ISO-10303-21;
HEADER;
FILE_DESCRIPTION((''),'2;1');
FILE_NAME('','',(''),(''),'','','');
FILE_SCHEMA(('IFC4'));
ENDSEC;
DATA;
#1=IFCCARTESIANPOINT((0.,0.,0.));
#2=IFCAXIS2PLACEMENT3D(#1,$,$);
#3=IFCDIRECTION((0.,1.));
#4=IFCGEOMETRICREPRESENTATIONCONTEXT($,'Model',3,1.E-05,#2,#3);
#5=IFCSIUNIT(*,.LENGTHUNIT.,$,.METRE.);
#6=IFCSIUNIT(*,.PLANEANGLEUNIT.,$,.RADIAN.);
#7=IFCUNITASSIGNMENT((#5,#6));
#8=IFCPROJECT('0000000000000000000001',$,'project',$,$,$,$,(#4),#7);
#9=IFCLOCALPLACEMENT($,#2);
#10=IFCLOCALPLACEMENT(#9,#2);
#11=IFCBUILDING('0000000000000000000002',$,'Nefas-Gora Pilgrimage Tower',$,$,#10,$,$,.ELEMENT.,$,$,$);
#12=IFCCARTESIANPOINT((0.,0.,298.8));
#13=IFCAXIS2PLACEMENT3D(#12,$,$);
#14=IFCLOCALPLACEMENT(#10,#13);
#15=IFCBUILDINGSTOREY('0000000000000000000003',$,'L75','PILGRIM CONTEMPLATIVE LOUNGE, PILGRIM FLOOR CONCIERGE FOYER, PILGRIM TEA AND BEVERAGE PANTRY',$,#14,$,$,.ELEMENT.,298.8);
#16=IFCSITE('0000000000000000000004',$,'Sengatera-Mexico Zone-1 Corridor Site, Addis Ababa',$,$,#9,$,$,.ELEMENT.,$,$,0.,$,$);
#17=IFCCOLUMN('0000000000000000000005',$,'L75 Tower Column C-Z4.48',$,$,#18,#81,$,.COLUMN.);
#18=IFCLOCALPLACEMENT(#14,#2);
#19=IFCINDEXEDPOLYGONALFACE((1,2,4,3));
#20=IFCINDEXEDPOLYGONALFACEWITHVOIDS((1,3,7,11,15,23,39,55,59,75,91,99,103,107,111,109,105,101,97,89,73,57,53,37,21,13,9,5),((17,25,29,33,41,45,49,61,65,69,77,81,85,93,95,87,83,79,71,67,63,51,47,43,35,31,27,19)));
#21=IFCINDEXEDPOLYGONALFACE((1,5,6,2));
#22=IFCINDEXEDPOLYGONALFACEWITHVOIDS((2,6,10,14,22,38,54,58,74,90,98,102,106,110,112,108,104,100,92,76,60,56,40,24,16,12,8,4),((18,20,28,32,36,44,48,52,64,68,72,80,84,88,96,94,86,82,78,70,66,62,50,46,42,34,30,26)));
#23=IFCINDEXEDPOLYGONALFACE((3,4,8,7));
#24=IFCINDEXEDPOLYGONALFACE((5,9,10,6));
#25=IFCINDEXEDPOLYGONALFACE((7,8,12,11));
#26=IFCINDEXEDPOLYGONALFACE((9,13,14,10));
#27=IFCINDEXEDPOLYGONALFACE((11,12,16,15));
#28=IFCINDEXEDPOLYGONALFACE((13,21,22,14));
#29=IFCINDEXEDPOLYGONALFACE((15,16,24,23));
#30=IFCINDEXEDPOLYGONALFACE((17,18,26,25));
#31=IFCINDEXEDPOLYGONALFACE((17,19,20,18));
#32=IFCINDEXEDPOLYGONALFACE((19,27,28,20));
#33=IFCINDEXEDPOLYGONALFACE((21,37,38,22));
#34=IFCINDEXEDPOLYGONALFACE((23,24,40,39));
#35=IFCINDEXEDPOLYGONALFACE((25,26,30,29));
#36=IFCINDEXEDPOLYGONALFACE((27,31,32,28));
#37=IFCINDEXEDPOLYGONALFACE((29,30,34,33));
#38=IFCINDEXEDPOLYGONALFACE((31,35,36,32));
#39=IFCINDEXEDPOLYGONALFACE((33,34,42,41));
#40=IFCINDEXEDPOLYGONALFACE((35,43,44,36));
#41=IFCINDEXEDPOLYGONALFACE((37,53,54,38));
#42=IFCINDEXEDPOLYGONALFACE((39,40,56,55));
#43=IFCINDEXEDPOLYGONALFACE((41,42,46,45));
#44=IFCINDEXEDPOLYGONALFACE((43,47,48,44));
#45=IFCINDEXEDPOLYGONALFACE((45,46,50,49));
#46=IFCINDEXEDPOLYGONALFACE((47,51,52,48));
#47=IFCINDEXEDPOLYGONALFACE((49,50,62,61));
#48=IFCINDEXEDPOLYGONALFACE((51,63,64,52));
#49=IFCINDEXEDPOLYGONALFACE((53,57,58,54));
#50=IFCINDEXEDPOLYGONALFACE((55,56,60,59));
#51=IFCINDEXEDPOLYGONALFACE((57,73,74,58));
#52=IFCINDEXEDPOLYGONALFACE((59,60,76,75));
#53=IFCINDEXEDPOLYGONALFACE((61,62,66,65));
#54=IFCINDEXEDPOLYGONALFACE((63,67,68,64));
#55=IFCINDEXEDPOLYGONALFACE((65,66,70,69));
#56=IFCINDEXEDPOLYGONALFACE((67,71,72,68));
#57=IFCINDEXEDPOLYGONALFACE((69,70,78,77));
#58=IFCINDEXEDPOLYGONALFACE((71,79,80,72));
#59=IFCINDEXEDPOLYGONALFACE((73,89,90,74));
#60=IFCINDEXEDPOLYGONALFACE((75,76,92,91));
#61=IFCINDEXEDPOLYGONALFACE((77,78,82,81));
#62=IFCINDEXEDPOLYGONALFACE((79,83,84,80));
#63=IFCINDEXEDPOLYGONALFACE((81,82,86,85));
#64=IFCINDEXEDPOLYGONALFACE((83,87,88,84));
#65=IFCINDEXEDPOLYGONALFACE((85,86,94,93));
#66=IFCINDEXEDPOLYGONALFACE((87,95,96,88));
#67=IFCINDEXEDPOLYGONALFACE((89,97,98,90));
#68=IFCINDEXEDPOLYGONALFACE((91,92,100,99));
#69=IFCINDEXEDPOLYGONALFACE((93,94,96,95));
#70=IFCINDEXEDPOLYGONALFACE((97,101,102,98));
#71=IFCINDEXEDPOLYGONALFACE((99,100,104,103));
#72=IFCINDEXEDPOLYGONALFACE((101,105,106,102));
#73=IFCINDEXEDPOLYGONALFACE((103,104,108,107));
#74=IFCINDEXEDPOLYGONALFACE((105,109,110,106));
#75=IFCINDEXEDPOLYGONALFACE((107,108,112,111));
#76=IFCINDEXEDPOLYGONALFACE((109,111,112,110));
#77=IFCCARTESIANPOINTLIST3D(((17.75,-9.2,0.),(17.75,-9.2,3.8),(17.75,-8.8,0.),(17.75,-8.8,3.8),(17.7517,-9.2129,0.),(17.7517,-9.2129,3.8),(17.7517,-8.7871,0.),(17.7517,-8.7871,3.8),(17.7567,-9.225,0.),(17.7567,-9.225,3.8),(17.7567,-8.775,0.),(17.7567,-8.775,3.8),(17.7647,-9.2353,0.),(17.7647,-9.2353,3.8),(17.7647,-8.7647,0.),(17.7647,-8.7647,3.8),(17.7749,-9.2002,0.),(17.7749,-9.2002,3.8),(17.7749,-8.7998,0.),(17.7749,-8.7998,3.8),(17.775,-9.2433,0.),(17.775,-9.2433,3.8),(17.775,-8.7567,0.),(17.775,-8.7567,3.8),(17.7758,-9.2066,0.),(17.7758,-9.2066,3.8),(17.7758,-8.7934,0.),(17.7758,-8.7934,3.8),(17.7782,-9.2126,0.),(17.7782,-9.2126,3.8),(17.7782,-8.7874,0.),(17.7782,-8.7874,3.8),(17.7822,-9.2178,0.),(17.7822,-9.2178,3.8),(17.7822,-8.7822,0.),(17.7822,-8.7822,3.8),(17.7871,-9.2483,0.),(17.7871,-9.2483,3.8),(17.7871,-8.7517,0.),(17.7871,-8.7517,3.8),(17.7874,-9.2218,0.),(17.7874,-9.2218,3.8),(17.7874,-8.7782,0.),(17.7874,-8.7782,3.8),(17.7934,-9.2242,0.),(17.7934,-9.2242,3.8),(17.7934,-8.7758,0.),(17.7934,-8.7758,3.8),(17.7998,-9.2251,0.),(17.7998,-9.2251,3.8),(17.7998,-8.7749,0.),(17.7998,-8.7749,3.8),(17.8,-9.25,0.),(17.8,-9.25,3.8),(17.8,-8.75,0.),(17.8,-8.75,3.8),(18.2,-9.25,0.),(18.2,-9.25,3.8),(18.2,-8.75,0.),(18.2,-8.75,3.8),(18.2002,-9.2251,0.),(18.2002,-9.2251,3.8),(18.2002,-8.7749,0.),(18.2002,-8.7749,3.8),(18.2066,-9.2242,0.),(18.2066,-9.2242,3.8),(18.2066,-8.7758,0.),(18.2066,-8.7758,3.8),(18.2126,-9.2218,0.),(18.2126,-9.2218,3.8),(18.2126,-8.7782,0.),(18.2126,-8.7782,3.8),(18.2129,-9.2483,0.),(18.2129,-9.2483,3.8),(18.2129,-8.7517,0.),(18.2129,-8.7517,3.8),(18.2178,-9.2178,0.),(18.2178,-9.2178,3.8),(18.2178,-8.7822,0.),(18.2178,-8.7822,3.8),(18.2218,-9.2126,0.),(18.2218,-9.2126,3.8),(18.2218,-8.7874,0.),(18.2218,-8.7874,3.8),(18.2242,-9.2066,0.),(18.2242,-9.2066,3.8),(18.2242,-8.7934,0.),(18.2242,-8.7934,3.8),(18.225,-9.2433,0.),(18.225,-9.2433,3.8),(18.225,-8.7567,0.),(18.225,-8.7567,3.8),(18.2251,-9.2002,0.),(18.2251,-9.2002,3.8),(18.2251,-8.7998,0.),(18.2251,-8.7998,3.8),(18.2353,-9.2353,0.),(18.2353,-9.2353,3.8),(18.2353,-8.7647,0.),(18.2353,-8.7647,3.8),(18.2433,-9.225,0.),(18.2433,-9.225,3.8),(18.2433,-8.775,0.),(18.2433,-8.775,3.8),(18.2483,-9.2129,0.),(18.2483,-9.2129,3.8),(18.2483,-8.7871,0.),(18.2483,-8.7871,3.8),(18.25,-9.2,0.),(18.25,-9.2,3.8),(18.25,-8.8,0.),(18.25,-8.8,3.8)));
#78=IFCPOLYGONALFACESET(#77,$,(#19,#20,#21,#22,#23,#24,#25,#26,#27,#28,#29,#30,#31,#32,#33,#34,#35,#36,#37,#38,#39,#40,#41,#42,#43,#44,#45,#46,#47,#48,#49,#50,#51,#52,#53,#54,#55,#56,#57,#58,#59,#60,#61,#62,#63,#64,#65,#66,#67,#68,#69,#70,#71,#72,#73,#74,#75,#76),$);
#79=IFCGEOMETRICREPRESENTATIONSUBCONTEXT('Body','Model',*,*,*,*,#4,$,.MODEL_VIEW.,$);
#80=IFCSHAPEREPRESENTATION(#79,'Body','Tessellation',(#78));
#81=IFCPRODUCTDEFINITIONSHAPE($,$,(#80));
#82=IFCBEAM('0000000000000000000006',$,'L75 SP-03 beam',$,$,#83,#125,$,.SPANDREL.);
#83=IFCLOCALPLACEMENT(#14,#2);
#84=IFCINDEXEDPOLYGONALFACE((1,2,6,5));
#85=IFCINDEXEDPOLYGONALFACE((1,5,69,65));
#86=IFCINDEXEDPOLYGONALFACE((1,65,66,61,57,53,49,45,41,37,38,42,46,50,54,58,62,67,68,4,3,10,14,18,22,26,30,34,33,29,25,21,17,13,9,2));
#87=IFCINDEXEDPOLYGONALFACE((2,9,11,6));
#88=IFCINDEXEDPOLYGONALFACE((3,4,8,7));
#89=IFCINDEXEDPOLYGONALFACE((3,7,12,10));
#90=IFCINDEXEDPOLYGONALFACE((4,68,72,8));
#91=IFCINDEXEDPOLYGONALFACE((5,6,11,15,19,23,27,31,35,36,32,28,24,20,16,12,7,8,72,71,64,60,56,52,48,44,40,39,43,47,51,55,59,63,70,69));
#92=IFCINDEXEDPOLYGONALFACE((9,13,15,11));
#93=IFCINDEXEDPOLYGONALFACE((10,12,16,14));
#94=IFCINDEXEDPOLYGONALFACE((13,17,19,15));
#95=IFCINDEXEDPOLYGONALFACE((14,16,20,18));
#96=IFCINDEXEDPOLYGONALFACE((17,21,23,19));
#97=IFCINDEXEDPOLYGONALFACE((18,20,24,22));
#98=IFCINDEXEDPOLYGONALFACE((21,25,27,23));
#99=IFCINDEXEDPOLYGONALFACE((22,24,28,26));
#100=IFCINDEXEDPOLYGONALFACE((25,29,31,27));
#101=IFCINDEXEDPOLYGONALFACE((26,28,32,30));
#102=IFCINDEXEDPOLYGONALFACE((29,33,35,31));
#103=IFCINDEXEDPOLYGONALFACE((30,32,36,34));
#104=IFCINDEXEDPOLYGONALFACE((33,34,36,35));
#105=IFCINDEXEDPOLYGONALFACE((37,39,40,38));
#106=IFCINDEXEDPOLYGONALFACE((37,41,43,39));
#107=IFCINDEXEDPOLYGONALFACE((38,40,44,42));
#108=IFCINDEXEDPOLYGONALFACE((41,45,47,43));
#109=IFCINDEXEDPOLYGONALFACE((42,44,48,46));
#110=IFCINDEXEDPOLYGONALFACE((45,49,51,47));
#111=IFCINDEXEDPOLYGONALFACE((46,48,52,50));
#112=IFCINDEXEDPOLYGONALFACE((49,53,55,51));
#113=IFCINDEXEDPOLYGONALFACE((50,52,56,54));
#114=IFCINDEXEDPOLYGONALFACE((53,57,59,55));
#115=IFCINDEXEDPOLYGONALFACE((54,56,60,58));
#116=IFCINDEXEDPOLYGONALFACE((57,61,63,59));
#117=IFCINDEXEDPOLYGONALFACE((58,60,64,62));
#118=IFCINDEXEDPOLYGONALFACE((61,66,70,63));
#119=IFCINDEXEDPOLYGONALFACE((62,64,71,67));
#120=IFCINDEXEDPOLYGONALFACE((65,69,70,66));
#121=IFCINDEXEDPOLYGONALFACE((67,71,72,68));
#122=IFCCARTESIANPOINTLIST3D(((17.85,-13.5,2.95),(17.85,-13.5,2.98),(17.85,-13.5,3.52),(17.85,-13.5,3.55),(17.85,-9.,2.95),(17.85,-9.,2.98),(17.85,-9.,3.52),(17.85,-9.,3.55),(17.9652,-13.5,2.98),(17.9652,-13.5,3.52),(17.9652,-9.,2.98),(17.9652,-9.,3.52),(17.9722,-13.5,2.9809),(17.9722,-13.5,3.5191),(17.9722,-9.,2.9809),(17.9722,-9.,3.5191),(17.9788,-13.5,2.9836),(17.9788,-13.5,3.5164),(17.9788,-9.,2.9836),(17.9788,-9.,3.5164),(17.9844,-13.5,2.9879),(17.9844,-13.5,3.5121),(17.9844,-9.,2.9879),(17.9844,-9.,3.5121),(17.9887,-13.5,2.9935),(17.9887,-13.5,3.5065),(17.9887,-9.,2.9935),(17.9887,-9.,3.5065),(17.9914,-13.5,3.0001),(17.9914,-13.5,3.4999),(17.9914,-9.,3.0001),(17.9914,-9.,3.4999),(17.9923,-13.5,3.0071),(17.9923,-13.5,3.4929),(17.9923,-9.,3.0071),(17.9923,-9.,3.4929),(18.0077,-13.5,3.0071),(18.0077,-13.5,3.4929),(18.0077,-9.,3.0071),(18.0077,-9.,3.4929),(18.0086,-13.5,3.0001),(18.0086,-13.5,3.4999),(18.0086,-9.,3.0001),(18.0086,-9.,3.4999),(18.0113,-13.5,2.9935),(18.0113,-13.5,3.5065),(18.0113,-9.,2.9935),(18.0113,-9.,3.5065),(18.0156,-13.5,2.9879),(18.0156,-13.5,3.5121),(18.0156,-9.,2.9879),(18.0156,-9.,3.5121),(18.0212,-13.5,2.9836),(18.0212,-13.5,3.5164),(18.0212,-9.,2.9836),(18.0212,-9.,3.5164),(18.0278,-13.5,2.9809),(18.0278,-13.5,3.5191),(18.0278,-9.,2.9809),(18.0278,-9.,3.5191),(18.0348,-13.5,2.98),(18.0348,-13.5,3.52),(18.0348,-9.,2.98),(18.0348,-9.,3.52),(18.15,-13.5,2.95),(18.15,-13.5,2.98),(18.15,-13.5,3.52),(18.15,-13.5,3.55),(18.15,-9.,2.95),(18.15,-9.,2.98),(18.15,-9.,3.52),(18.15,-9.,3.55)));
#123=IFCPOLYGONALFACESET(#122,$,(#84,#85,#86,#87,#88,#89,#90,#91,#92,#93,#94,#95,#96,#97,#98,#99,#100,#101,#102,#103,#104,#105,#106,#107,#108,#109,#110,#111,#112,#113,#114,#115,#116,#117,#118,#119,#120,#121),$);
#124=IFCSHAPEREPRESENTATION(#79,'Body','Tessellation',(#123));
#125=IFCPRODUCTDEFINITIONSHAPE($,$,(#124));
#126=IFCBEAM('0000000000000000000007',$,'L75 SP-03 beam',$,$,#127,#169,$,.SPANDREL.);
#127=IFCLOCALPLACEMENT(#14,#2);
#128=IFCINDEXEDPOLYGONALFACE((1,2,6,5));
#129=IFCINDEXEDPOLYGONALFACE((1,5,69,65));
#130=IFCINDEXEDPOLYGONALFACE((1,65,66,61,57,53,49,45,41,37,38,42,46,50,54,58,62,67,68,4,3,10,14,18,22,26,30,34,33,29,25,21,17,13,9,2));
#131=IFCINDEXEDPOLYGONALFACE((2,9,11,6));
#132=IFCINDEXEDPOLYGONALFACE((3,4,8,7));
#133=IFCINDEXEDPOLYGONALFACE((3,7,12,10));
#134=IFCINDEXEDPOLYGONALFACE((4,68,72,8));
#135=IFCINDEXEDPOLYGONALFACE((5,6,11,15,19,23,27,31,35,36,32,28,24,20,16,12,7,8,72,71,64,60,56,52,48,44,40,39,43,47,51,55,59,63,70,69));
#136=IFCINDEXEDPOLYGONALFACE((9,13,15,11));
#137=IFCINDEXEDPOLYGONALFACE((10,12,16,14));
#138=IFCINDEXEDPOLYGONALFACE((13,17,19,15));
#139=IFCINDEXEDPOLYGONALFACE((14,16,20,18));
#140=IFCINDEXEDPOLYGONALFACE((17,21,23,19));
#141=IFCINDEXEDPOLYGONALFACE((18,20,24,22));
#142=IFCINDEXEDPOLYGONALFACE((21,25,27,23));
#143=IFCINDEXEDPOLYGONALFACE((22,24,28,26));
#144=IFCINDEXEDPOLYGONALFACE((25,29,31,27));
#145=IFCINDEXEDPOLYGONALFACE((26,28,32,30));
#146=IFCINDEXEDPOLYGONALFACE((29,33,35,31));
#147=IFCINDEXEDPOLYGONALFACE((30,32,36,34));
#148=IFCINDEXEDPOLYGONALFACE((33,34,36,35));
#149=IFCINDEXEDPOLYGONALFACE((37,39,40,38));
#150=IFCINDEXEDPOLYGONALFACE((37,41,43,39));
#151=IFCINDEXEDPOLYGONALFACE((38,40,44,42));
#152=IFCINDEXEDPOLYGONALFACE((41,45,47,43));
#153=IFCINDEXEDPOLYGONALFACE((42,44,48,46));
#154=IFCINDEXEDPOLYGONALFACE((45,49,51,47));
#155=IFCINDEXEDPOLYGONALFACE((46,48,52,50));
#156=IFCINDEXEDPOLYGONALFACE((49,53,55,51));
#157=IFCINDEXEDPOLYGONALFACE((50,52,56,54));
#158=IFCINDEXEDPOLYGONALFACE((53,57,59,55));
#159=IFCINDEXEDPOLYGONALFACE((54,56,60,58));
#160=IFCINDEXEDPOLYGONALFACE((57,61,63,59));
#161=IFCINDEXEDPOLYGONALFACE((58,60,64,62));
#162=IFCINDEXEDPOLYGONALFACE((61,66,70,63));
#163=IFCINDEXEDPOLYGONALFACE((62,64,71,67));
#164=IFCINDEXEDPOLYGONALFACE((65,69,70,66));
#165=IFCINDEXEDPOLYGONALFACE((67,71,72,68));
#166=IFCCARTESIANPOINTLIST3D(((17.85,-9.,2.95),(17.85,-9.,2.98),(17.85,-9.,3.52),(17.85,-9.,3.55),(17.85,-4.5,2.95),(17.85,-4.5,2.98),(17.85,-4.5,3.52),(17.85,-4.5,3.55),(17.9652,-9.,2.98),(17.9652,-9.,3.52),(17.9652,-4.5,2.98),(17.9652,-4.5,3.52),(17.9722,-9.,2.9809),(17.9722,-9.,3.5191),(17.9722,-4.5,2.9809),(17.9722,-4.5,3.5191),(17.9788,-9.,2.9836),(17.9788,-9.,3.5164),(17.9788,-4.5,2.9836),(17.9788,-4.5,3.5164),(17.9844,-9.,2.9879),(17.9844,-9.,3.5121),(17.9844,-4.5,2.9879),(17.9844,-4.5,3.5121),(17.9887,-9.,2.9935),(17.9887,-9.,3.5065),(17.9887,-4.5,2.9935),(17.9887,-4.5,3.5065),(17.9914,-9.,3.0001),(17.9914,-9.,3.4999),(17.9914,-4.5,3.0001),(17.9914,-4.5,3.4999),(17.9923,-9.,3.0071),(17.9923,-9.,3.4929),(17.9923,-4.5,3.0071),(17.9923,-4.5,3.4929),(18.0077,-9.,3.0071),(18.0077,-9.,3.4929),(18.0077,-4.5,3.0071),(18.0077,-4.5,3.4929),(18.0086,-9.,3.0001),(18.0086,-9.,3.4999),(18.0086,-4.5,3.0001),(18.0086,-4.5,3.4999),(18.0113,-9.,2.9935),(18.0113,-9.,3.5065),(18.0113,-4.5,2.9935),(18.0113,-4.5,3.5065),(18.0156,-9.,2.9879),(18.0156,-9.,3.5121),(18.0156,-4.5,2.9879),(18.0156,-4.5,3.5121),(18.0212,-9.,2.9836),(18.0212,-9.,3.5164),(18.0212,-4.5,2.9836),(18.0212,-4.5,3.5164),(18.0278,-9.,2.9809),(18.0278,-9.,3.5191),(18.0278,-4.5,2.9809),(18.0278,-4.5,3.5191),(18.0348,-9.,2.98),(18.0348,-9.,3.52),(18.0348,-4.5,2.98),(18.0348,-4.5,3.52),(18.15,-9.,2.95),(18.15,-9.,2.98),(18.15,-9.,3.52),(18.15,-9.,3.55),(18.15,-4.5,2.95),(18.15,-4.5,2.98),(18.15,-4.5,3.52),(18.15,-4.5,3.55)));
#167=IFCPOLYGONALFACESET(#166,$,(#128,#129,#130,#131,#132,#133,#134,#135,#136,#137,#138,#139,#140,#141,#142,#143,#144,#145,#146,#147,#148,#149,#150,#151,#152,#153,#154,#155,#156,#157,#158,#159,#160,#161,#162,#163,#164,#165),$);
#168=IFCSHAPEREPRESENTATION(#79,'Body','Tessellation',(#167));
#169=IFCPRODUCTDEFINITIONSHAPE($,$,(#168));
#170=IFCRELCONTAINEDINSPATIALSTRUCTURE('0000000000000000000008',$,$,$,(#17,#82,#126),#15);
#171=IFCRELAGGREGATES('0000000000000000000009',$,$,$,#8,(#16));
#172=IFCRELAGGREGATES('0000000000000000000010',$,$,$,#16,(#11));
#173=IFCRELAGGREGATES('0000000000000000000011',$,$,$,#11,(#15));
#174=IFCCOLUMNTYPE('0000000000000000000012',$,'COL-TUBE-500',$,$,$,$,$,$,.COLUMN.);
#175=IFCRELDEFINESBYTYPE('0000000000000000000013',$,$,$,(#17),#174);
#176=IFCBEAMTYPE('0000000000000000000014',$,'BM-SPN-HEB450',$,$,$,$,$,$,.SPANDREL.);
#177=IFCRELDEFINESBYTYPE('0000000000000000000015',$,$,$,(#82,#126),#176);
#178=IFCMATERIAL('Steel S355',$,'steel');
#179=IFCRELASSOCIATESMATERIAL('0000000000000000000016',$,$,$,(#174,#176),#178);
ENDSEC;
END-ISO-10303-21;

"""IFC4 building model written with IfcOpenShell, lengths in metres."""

from ifc_helpers import new_model, si_unit, direction, frame, origin, origin_2d, place, context, subcontext, project, spatial, hollow_rectangle, i_section, extrude, source, transform, mapped, material, material_profile, profile_set, type_object, element, save


model = new_model("IFC4")

# Units and contexts
model_context = context("Model", 3, precision=1e-05, world=origin(), true_north=direction((0.0, 1.0)))
body_context = subcontext(model_context, "Body", "Model", "MODEL_VIEW")
ifc_project = project(units=[si_unit("LENGTHUNIT", "METRE"), si_unit("PLANEANGLEUNIT", "RADIAN")], contexts=[model_context])

# Site, building, storey
site_placement = place(None, origin())
site = spatial("IfcSite", under=ifc_project, at=site_placement, Name="Sengatera-Mexico Zone-1 Corridor Site, Addis Ababa", CompositionType="ELEMENT", RefElevation=0.0)
building_placement = place(site_placement, origin())
building = spatial("IfcBuilding", under=site, at=building_placement, Name="Nefas-Gora Pilgrimage Tower", CompositionType="ELEMENT")
storey_placement = place(building_placement, frame((0.0, 0.0, 298.8)))
storey = spatial("IfcBuildingStorey", under=building, at=storey_placement, Name="L75", Description="PILGRIM CONTEMPLATIVE LOUNGE, PILGRIM FLOOR CONCIERGE FOYER, PILGRIM TEA AND BEVERAGE PANTRY", CompositionType="ELEMENT", Elevation=298.8)

# Column
ifc_material_1 = material(Name="Steel S355", Category="steel")
ifc_material_profile_1 = material_profile(ifc_material_1, hollow_rectangle(XDim=0.5, YDim=0.5, WallThickness=0.0249, InnerFilletRadius=0.0249, OuterFilletRadius=0.05, at=origin_2d()), Name="SHS 500x500x25")
ifc_profile_set_1 = profile_set([ifc_material_profile_1], Name="Steel S355")
column_type_1 = type_object("IfcColumnType", Name="COL-TUBE-500", PredefinedType="COLUMN", material=ifc_profile_set_1)
shared_shape_1 = source(origin(), body_context, "Body", "SweptSolid", [
    extrude(hollow_rectangle(XDim=0.5, YDim=0.5, WallThickness=0.0249, InnerFilletRadius=0.0249, OuterFilletRadius=0.05, at=origin_2d()), origin(), (0.0, 0.0, 1.0), 3.8),
])
for number, where, z_axis, x_axis, name in (
    (1, (18.0, -9.0, 0.0), (0.0, 0.0, 1.0), (1.0, 0.0, 0.0), "L75 Tower Column C-Z4.48"),
):
    element("IfcColumn", number, at=place(storey_placement, frame(where, z_axis=z_axis, x_axis=x_axis)), inside=storey, type_object=column_type_1, Name=name, PredefinedType="COLUMN", context=body_context, shape_type="MappedRepresentation", body=[
        mapped(shared_shape_1, transform((0.0, 0.0, 0.0), x_axis=(1.0, 0.0, 0.0), y_axis=(0.0, 1.0, 0.0), z_axis=(0.0, 0.0, 1.0), scale=1.0)),
    ])

# Beams
ifc_material_profile_2 = material_profile(ifc_material_1, i_section(OverallWidth=0.3, OverallDepth=0.6001, WebThickness=0.0154, FlangeThickness=0.03, FilletRadius=0.0271, at=origin_2d()), Name="HEB 600")
ifc_profile_set_2 = profile_set([ifc_material_profile_2], Name="Steel S355")
beam_type_1 = type_object("IfcBeamType", Name="BM-SPN-HEB450", PredefinedType="SPANDREL", material=ifc_profile_set_2)
shared_shape_2 = source(origin(), body_context, "Body", "SweptSolid", [
    extrude(i_section(OverallWidth=0.3, OverallDepth=0.6001, WebThickness=0.0154, FlangeThickness=0.03, FilletRadius=0.0271, at=origin_2d()), origin(), (0.0, 0.0, 1.0), 4.5),
])
for number, where, z_axis, x_axis, name in (
    (2, (18.0, -13.5, 3.25), (0.0, 1.0, 0.0), (-1.0, 0.0, 0.0), "L75 SP-03 beam"),
    (3, (18.0, -9.0, 3.25), (0.0, 1.0, 0.0), (-1.0, 0.0, 0.0), "L75 SP-03 beam"),
):
    element("IfcBeam", number, at=place(storey_placement, frame(where, z_axis=z_axis, x_axis=x_axis)), inside=storey, type_object=beam_type_1, Name=name, PredefinedType="SPANDREL", context=body_context, shape_type="MappedRepresentation", body=[
        mapped(shared_shape_2, transform((0.0, 0.0, 0.0), x_axis=(1.0, 0.0, 0.0), y_axis=(0.0, 1.0, 0.0), z_axis=(0.0, 0.0, 1.0), scale=1.0)),
    ])

save(model, "model.ifc")
